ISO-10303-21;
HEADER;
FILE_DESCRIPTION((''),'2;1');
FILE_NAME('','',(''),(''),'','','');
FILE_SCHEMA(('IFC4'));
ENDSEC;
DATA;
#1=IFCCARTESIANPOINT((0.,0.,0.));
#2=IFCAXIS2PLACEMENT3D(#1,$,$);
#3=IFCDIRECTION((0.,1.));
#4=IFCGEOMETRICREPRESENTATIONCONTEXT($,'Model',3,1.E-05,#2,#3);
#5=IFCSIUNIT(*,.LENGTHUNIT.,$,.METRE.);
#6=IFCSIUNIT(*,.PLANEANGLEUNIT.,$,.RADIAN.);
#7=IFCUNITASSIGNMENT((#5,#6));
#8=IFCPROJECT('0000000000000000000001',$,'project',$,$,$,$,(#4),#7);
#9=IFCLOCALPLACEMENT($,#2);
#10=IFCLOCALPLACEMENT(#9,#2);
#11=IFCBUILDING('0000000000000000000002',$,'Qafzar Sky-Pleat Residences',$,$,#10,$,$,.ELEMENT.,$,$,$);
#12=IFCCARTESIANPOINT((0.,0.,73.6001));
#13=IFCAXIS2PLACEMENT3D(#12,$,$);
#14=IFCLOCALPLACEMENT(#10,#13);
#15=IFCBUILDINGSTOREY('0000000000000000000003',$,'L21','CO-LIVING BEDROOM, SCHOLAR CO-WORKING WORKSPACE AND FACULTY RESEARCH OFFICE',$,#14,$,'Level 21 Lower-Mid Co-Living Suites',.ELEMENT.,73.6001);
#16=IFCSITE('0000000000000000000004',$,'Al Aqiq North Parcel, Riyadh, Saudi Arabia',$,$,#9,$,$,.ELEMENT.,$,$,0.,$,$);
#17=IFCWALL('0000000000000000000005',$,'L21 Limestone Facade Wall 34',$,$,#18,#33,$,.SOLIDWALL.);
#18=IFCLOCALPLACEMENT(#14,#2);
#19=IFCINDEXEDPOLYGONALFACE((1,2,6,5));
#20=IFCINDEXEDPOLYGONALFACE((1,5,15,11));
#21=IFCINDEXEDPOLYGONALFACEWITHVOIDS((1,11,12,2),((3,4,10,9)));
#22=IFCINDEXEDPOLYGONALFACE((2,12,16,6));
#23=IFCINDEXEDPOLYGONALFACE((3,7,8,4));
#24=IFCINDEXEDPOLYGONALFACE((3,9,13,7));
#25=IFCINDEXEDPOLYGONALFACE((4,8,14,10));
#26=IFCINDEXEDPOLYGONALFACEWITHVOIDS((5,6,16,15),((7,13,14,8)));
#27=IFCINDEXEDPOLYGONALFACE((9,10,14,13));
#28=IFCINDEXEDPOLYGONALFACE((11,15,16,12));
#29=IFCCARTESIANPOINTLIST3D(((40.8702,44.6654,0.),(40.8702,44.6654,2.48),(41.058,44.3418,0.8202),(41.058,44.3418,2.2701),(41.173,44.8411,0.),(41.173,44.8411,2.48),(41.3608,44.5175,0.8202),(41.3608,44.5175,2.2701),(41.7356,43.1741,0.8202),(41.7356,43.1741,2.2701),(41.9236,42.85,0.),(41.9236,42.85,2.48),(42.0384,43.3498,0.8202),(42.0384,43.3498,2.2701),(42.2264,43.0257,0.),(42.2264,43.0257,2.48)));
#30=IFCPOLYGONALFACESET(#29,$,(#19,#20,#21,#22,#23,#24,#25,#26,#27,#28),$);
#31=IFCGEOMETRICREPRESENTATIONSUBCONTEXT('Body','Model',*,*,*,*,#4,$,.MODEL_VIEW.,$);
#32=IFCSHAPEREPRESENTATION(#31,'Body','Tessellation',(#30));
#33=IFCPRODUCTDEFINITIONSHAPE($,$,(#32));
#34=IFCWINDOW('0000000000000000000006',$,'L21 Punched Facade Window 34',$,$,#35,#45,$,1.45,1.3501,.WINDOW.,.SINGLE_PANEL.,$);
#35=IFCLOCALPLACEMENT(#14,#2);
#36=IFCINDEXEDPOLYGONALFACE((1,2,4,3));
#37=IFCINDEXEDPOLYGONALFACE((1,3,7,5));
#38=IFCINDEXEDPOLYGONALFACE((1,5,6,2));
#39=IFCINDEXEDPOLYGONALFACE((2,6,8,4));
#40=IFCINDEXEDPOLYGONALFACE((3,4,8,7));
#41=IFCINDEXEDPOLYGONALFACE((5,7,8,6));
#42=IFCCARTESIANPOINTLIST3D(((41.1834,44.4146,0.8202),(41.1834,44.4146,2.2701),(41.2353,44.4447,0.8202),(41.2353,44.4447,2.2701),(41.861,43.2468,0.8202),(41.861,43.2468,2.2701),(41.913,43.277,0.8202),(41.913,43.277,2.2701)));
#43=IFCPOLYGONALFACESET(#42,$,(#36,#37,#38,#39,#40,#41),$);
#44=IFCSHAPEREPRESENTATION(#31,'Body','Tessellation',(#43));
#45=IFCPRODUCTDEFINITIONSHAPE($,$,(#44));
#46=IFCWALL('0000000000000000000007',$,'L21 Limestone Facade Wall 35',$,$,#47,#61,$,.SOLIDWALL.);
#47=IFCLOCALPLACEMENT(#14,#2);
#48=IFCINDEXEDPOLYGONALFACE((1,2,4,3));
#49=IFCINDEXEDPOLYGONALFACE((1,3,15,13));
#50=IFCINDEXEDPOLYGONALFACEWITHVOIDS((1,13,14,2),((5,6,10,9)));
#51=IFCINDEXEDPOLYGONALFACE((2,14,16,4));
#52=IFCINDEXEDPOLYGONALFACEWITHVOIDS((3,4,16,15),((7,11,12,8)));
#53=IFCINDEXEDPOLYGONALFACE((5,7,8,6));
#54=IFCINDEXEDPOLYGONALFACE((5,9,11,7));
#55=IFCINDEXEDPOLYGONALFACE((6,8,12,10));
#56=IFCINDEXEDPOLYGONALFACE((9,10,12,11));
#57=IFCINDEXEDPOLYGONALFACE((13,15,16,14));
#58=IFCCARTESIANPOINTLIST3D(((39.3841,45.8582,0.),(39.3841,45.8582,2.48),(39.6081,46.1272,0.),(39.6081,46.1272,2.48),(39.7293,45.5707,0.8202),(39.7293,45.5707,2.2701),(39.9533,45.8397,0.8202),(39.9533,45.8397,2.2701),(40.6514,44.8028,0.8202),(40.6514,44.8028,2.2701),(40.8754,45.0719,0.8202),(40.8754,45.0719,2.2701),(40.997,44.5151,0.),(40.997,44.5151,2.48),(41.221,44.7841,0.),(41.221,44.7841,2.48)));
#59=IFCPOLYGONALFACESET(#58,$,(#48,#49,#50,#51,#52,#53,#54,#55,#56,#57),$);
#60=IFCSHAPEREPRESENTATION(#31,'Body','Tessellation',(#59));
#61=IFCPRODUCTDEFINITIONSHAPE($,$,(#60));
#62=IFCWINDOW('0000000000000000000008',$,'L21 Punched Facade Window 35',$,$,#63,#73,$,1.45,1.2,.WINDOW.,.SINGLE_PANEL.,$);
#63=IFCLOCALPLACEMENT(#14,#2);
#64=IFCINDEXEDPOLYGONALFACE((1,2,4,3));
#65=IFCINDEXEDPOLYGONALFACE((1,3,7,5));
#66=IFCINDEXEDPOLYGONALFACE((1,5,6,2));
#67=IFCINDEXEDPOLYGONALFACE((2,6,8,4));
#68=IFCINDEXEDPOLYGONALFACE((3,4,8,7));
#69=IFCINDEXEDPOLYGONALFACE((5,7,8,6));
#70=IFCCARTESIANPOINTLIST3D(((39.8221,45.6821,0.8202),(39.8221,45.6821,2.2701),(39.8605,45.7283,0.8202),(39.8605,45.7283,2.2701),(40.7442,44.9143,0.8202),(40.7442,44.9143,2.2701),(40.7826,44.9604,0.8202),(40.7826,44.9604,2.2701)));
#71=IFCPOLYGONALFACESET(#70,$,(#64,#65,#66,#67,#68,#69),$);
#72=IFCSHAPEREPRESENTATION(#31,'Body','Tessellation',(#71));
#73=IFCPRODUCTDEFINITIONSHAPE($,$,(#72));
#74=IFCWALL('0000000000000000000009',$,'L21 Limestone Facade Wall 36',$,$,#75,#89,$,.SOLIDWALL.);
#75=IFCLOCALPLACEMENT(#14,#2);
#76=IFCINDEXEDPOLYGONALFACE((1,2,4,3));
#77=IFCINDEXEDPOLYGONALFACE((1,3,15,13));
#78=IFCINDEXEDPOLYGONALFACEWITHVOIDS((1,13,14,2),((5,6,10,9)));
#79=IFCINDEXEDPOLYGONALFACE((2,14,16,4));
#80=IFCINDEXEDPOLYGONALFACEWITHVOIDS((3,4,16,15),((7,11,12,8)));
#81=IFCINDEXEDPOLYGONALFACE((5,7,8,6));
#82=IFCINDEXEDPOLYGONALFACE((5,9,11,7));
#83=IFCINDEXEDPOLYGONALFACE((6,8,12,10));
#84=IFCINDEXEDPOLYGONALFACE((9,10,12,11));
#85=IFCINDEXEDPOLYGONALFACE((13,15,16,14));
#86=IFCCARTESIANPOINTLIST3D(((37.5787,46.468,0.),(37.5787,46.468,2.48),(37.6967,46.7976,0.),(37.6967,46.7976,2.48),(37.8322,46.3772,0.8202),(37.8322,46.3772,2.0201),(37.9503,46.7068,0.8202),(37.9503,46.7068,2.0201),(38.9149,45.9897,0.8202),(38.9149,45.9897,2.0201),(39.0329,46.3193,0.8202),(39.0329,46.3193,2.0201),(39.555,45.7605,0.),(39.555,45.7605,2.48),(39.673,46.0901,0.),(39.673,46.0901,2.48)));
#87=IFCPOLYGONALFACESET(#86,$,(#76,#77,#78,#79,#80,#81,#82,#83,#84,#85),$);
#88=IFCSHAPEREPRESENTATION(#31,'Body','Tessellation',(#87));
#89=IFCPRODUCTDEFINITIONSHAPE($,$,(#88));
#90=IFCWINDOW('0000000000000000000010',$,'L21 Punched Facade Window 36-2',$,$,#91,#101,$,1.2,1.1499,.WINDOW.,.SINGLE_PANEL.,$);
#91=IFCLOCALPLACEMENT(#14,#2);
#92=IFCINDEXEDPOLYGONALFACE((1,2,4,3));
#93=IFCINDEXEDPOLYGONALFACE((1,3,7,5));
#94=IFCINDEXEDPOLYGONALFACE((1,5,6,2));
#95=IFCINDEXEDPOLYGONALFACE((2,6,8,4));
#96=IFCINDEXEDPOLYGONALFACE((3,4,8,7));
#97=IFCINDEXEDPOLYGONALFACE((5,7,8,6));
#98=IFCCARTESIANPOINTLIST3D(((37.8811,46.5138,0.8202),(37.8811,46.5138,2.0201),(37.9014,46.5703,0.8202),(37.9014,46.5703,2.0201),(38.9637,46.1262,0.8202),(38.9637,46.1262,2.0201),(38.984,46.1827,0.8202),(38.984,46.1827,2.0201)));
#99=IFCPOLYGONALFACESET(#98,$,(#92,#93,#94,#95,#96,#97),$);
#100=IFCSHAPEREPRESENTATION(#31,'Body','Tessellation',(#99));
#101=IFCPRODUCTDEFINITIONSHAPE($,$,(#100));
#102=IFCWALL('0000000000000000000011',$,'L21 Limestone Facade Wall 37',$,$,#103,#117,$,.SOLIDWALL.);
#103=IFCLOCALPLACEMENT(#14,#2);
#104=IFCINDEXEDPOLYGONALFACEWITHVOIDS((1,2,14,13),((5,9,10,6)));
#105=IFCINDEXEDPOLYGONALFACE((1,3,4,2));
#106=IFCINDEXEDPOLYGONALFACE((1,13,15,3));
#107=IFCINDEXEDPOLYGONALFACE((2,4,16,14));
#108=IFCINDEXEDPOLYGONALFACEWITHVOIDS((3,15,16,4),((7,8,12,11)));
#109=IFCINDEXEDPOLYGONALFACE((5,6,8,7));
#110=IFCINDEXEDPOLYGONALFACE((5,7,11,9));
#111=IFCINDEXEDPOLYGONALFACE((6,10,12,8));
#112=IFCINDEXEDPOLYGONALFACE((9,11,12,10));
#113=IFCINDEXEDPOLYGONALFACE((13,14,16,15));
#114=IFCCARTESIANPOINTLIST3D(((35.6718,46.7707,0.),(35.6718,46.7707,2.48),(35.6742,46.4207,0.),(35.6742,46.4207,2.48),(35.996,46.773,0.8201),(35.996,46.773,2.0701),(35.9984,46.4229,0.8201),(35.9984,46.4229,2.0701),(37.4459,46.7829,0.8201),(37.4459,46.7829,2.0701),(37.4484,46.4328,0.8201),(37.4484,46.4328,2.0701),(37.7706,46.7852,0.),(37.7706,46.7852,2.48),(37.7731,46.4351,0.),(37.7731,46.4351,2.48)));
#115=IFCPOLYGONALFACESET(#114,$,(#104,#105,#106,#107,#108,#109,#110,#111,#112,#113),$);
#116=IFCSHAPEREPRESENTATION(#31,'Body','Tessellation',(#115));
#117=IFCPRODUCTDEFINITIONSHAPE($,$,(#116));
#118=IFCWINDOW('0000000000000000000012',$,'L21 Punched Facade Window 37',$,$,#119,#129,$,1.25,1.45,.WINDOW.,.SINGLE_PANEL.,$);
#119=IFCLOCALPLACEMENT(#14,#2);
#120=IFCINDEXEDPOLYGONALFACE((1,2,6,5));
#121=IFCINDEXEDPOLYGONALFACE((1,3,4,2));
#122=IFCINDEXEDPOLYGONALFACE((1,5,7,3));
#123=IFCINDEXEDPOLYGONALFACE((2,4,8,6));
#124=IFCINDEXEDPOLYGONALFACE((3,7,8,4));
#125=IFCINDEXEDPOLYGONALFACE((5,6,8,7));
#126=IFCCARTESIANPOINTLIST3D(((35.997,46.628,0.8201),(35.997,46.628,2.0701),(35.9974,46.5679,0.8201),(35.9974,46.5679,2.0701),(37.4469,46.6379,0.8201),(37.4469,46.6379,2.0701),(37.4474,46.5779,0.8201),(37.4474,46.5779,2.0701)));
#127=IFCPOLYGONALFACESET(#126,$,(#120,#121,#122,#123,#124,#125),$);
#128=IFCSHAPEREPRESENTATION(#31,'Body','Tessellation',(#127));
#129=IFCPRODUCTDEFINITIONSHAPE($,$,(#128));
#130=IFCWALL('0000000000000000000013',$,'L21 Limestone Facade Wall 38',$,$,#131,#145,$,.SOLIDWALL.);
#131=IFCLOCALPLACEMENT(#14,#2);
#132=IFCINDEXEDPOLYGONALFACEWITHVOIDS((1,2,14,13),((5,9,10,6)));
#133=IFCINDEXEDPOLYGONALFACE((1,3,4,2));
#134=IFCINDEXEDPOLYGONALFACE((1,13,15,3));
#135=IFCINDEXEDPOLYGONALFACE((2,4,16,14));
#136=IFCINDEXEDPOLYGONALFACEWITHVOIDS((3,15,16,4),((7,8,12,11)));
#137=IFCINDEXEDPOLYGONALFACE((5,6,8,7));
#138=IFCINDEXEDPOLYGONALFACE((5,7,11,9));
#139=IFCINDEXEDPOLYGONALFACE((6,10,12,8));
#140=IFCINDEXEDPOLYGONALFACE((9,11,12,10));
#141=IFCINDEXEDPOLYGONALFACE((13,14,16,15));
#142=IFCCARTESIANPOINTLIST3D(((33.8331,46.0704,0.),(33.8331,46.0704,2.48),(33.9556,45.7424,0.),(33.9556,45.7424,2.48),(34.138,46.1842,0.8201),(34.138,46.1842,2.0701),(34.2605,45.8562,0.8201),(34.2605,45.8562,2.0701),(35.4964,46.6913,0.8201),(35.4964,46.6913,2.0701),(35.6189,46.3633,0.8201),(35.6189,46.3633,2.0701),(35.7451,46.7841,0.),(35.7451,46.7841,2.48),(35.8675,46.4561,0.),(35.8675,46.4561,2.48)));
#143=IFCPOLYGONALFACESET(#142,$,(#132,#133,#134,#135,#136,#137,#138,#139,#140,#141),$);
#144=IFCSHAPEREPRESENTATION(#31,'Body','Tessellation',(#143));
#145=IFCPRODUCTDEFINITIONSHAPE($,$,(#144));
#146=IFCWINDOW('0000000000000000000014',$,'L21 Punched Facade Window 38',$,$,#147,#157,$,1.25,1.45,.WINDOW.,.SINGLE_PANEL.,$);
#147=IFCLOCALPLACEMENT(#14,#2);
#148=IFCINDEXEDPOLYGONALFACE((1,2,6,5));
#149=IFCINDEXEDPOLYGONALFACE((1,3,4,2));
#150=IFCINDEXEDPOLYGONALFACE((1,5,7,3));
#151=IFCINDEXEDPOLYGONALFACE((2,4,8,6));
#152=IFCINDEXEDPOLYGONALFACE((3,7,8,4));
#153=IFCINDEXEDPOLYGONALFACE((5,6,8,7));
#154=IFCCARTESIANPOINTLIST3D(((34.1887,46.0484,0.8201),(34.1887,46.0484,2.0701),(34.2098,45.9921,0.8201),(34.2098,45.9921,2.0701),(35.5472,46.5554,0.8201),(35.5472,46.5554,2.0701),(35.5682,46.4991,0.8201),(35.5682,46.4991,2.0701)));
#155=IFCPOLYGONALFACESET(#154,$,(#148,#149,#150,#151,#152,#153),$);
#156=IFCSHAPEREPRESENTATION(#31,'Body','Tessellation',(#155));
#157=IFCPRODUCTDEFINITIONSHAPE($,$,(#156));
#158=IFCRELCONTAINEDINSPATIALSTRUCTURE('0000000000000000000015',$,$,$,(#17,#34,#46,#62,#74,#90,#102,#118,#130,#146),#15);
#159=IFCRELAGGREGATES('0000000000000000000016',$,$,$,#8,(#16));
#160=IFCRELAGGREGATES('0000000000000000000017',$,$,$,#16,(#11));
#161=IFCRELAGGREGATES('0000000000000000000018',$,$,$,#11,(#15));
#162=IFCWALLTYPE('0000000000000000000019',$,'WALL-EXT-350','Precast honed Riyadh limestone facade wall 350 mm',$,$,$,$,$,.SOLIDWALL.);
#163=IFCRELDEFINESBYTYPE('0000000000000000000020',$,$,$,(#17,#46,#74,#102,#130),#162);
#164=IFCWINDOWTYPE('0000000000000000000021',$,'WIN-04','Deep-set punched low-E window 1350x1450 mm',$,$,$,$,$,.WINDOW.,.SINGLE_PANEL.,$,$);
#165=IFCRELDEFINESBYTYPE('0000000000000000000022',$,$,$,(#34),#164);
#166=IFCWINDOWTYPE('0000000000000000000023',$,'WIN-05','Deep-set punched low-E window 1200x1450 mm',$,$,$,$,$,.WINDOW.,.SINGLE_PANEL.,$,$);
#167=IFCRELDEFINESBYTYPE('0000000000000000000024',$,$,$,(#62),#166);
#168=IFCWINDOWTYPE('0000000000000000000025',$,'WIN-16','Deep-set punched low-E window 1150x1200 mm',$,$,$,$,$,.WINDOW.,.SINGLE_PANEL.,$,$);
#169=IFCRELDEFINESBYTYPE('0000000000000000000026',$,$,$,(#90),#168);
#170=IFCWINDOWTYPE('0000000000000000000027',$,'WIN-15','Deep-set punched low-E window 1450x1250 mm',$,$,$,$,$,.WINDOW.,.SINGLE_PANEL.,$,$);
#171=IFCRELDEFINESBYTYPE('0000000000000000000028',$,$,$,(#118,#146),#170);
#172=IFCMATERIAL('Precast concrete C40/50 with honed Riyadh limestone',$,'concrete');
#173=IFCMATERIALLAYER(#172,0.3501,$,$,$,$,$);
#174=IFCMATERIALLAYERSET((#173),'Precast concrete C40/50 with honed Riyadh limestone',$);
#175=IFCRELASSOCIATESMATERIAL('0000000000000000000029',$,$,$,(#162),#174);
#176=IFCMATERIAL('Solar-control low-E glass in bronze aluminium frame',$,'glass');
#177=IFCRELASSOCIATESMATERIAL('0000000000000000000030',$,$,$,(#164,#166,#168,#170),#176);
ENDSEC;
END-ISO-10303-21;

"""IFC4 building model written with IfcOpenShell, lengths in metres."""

from ifc_helpers import new_model, si_unit, direction, frame, frame_2d, origin, place, context, subcontext, project, spatial, rectangle, extrude, source, transform, mapped, material, layer, layer_set, type_object, element, fill, save


model = new_model("IFC4")

# Units and contexts
model_context = context("Model", 3, precision=1e-05, world=origin(), true_north=direction((0.0, 1.0)))
body_context = subcontext(model_context, "Body", "Model", "MODEL_VIEW")
ifc_project = project(units=[si_unit("LENGTHUNIT", "METRE"), si_unit("PLANEANGLEUNIT", "RADIAN")], contexts=[model_context])

# Site, building, storey
site_placement = place(None, origin())
site = spatial("IfcSite", under=ifc_project, at=site_placement, Name="Al Aqiq North Parcel, Riyadh, Saudi Arabia", CompositionType="ELEMENT", RefElevation=0.0)
building_placement = place(site_placement, origin())
building = spatial("IfcBuilding", under=site, at=building_placement, Name="Qafzar Sky-Pleat Residences", CompositionType="ELEMENT")
storey_placement = place(building_placement, frame((0.0, 0.0, 73.6001)))
storey = spatial("IfcBuildingStorey", under=building, at=storey_placement, Name="L21", Description="CO-LIVING BEDROOM, SCHOLAR CO-WORKING WORKSPACE AND FACULTY RESEARCH OFFICE", LongName="Level 21 Lower-Mid Co-Living Suites", CompositionType="ELEMENT", Elevation=73.6001)

# Walls, openings, windows
ifc_material_1 = material(Name="Precast concrete C40/50 with honed Riyadh limestone", Category="concrete")
ifc_layer_1 = layer(ifc_material_1, 0.3501)
ifc_layer_set_1 = layer_set([ifc_layer_1], Name="Precast concrete C40/50 with honed Riyadh limestone")
wall_type_1 = type_object("IfcWallType", Name="WALL-EXT-350", Description="Precast honed Riyadh limestone facade wall 350 mm", PredefinedType="SOLIDWALL", material=ifc_layer_set_1)
ifc_material_2 = material(Name="Solar-control low-E glass in bronze aluminium frame", Category="glass")
wall_1_placement = place(storey_placement, frame((42.075, 42.938, 0.0), z_axis=(0.0, 0.0, 1.0), x_axis=(-0.501903, 0.864924, 0.0)))
wall_1 = element("IfcWall", 1, at=wall_1_placement, inside=storey, type_object=wall_type_1, Name="L21 Limestone Facade Wall 34", PredefinedType="SOLIDWALL", context=body_context, shape_type="SweptSolid", body=[
    extrude(rectangle(XDim=2.0989, YDim=0.3501, at=frame_2d((1.0493, 0.0))), origin(), (0.0, 0.0, 1.0), 2.48),
])
opening_1_placement = place(wall_1_placement, frame((0.3745, 0.0, 0.8201)))
opening_1 = element("IfcOpeningElement", 2, at=opening_1_placement, cuts=wall_1, PredefinedType="OPENING", context=body_context, shape_type="SweptSolid", body=[
    extrude(rectangle(XDim=1.3501, YDim=1.45, at=frame_2d((0.675, 0.7251))), frame((0.0, 0.1851, 0.0), z_axis=(0.0, -1.0, 0.0), x_axis=(1.0, 0.0, 0.0)), (0.0, 0.0, 1.0), 0.3701),
])
window_type_1 = type_object("IfcWindowType", Name="WIN-04", Description="Deep-set punched low-E window 1350x1450 mm", PartitioningType="SINGLE_PANEL", PredefinedType="WINDOW", material=ifc_material_2)
shared_shape_1 = source(origin(), body_context, "Body", "SweptSolid", [
    extrude(rectangle(XDim=1.3501, YDim=1.45, at=frame_2d((0.675, 0.7251))), frame((0.0, 0.03, 0.0), z_axis=(0.0, -1.0, 0.0), x_axis=(1.0, 0.0, 0.0)), (0.0, 0.0, 1.0), 0.0601),
])
window_1_placement = place(opening_1_placement, origin())
window_1 = element("IfcWindow", 3, at=window_1_placement, inside=storey, type_object=window_type_1, Name="L21 Punched Facade Window 34", OverallHeight=1.45, OverallWidth=1.3501, PartitioningType="SINGLE_PANEL", PredefinedType="WINDOW", context=body_context, shape_type="MappedRepresentation", body=[
    mapped(shared_shape_1, transform((0.0, 0.0, 0.0), x_axis=(1.0, 0.0, 0.0), y_axis=(0.0, 1.0, 0.0), z_axis=(0.0, 0.0, 1.0), scale=1.0)),
])
fill(opening_1, window_1)
wall_2_placement = place(storey_placement, frame((41.1089, 44.6497, 0.0), z_axis=(0.0, 0.0, 1.0), x_axis=(-0.76845, 0.63991, 0.0)))
wall_2 = element("IfcWall", 4, at=wall_2_placement, inside=storey, type_object=wall_type_1, Name="L21 Limestone Facade Wall 35", PredefinedType="SOLIDWALL", context=body_context, shape_type="SweptSolid", body=[
    extrude(rectangle(XDim=2.0989, YDim=0.3501, at=frame_2d((1.0493, 0.0))), origin(), (0.0, 0.0, 1.0), 2.48),
])
opening_2_placement = place(wall_2_placement, frame((0.4495, 0.0, 0.8201)))
opening_2 = element("IfcOpeningElement", 5, at=opening_2_placement, cuts=wall_2, PredefinedType="OPENING", context=body_context, shape_type="SweptSolid", body=[
    extrude(rectangle(XDim=1.2, YDim=1.45, at=frame_2d((0.6001, 0.7251))), frame((0.0, 0.1851, 0.0), z_axis=(0.0, -1.0, 0.0), x_axis=(1.0, 0.0, 0.0)), (0.0, 0.0, 1.0), 0.3701),
])
window_type_2 = type_object("IfcWindowType", Name="WIN-05", Description="Deep-set punched low-E window 1200x1450 mm", PartitioningType="SINGLE_PANEL", PredefinedType="WINDOW", material=ifc_material_2)
shared_shape_2 = source(origin(), body_context, "Body", "SweptSolid", [
    extrude(rectangle(XDim=1.2, YDim=1.45, at=frame_2d((0.6001, 0.7251))), frame((0.0, 0.03, 0.0), z_axis=(0.0, -1.0, 0.0), x_axis=(1.0, 0.0, 0.0)), (0.0, 0.0, 1.0), 0.0601),
])
window_2_placement = place(opening_2_placement, origin())
window_2 = element("IfcWindow", 6, at=window_2_placement, inside=storey, type_object=window_type_2, Name="L21 Punched Facade Window 35", OverallHeight=1.45, OverallWidth=1.2, PartitioningType="SINGLE_PANEL", PredefinedType="WINDOW", context=body_context, shape_type="MappedRepresentation", body=[
    mapped(shared_shape_2, transform((0.0, 0.0, 0.0), x_axis=(1.0, 0.0, 0.0), y_axis=(0.0, 1.0, 0.0), z_axis=(0.0, 0.0, 1.0), scale=1.0)),
])
fill(opening_2, window_2)
wall_3_placement = place(storey_placement, frame((39.614, 45.9253, 0.0), z_axis=(0.0, 0.0, 1.0), x_axis=(-0.941486, 0.337051, 0.0)))
wall_3 = element("IfcWall", 7, at=wall_3_placement, inside=storey, type_object=wall_type_1, Name="L21 Limestone Facade Wall 36", PredefinedType="SOLIDWALL", context=body_context, shape_type="SweptSolid", body=[
    extrude(rectangle(XDim=2.0991, YDim=0.3501, at=frame_2d((1.0496, 0.0))), origin(), (0.0, 0.0, 1.0), 2.48),
])
opening_3_placement = place(wall_3_placement, frame((0.6799, 0.0, 0.8201)))
opening_3 = element("IfcOpeningElement", 8, at=opening_3_placement, cuts=wall_3, PredefinedType="OPENING", context=body_context, shape_type="SweptSolid", body=[
    extrude(rectangle(XDim=1.1499, YDim=1.2, at=frame_2d((0.575, 0.6001))), frame((0.0, 0.1851, 0.0), z_axis=(0.0, -1.0, 0.0), x_axis=(1.0, 0.0, 0.0)), (0.0, 0.0, 1.0), 0.3701),
])
window_type_3 = type_object("IfcWindowType", Name="WIN-16", Description="Deep-set punched low-E window 1150x1200 mm", PartitioningType="SINGLE_PANEL", PredefinedType="WINDOW", material=ifc_material_2)
shared_shape_3 = source(origin(), body_context, "Body", "SweptSolid", [
    extrude(rectangle(XDim=1.1499, YDim=1.2, at=frame_2d((0.575, 0.6001))), frame((0.0, 0.03, 0.0), z_axis=(0.0, -1.0, 0.0), x_axis=(1.0, 0.0, 0.0)), (0.0, 0.0, 1.0), 0.0601),
])
window_3_placement = place(opening_3_placement, origin())
window_3 = element("IfcWindow", 9, at=window_3_placement, inside=storey, type_object=window_type_3, Name="L21 Punched Facade Window 36-2", OverallHeight=1.2, OverallWidth=1.1499, PartitioningType="SINGLE_PANEL", PredefinedType="WINDOW", context=body_context, shape_type="MappedRepresentation", body=[
    mapped(shared_shape_3, transform((0.0, 0.0, 0.0), x_axis=(1.0, 0.0, 0.0), y_axis=(0.0, 1.0, 0.0), z_axis=(0.0, 0.0, 1.0), scale=1.0)),
])
fill(opening_3, window_3)
wall_4_placement = place(storey_placement, frame((37.7717, 46.6101, 0.0), z_axis=(0.0, 0.0, 1.0), x_axis=(-0.999976, -0.006863, 0.0)))
wall_4 = element("IfcWall", 10, at=wall_4_placement, inside=storey, type_object=wall_type_1, Name="L21 Limestone Facade Wall 37", PredefinedType="SOLIDWALL", context=body_context, shape_type="SweptSolid", body=[
    extrude(rectangle(XDim=2.0989, YDim=0.3501, at=frame_2d((1.0493, 0.0))), origin(), (0.0, 0.0, 1.0), 2.48),
])
opening_4_placement = place(wall_4_placement, frame((0.3245, 0.0, 0.8201)))
opening_4 = element("IfcOpeningElement", 11, at=opening_4_placement, cuts=wall_4, PredefinedType="OPENING", context=body_context, shape_type="SweptSolid", body=[
    extrude(rectangle(XDim=1.45, YDim=1.25, at=frame_2d((0.7251, 0.625))), frame((0.0, 0.1851, 0.0), z_axis=(0.0, -1.0, 0.0), x_axis=(1.0, 0.0, 0.0)), (0.0, 0.0, 1.0), 0.3701),
])
window_type_4 = type_object("IfcWindowType", Name="WIN-15", Description="Deep-set punched low-E window 1450x1250 mm", PartitioningType="SINGLE_PANEL", PredefinedType="WINDOW", material=ifc_material_2)
shared_shape_4 = source(origin(), body_context, "Body", "SweptSolid", [
    extrude(rectangle(XDim=1.45, YDim=1.25, at=frame_2d((0.7251, 0.625))), frame((0.0, 0.03, 0.0), z_axis=(0.0, -1.0, 0.0), x_axis=(1.0, 0.0, 0.0)), (0.0, 0.0, 1.0), 0.0601),
])
window_4_placement = place(opening_4_placement, origin())
window_4 = element("IfcWindow", 12, at=window_4_placement, inside=storey, type_object=window_type_4, Name="L21 Punched Facade Window 37", OverallHeight=1.25, OverallWidth=1.45, PartitioningType="SINGLE_PANEL", PredefinedType="WINDOW", context=body_context, shape_type="MappedRepresentation", body=[
    mapped(shared_shape_4, transform((0.0, 0.0, 0.0), x_axis=(1.0, 0.0, 0.0), y_axis=(0.0, 1.0, 0.0), z_axis=(0.0, 0.0, 1.0), scale=1.0)),
])
fill(opening_4, window_4)
wall_5_placement = place(storey_placement, frame((35.8064, 46.6201, 0.0), z_axis=(0.0, 0.0, 1.0), x_axis=(-0.936864, -0.349694, 0.0)))
wall_5 = element("IfcWall", 13, at=wall_5_placement, inside=storey, type_object=wall_type_1, Name="L21 Limestone Facade Wall 38", PredefinedType="SOLIDWALL", context=body_context, shape_type="SweptSolid", body=[
    extrude(rectangle(XDim=2.0408, YDim=0.3501, at=frame_2d((1.0205, 0.0))), origin(), (0.0, 0.0, 1.0), 2.48),
])
opening_5_placement = place(wall_5_placement, frame((0.2654, 0.0, 0.8201)))
opening_5 = element("IfcOpeningElement", 14, at=opening_5_placement, cuts=wall_5, PredefinedType="OPENING", context=body_context, shape_type="SweptSolid", body=[
    extrude(rectangle(XDim=1.45, YDim=1.25, at=frame_2d((0.7251, 0.625))), frame((0.0, 0.1851, 0.0), z_axis=(0.0, -1.0, 0.0), x_axis=(1.0, 0.0, 0.0)), (0.0, 0.0, 1.0), 0.3701),
])
window_5_placement = place(opening_5_placement, origin())
window_5 = element("IfcWindow", 15, at=window_5_placement, inside=storey, type_object=window_type_4, Name="L21 Punched Facade Window 38", OverallHeight=1.25, OverallWidth=1.45, PartitioningType="SINGLE_PANEL", PredefinedType="WINDOW", context=body_context, shape_type="MappedRepresentation", body=[
    mapped(shared_shape_4, transform((0.0, 0.0, 0.0), x_axis=(1.0, 0.0, 0.0), y_axis=(0.0, 1.0, 0.0), z_axis=(0.0, 0.0, 1.0), scale=1.0)),
])
fill(opening_5, window_5)

save(model, "model.ifc")
